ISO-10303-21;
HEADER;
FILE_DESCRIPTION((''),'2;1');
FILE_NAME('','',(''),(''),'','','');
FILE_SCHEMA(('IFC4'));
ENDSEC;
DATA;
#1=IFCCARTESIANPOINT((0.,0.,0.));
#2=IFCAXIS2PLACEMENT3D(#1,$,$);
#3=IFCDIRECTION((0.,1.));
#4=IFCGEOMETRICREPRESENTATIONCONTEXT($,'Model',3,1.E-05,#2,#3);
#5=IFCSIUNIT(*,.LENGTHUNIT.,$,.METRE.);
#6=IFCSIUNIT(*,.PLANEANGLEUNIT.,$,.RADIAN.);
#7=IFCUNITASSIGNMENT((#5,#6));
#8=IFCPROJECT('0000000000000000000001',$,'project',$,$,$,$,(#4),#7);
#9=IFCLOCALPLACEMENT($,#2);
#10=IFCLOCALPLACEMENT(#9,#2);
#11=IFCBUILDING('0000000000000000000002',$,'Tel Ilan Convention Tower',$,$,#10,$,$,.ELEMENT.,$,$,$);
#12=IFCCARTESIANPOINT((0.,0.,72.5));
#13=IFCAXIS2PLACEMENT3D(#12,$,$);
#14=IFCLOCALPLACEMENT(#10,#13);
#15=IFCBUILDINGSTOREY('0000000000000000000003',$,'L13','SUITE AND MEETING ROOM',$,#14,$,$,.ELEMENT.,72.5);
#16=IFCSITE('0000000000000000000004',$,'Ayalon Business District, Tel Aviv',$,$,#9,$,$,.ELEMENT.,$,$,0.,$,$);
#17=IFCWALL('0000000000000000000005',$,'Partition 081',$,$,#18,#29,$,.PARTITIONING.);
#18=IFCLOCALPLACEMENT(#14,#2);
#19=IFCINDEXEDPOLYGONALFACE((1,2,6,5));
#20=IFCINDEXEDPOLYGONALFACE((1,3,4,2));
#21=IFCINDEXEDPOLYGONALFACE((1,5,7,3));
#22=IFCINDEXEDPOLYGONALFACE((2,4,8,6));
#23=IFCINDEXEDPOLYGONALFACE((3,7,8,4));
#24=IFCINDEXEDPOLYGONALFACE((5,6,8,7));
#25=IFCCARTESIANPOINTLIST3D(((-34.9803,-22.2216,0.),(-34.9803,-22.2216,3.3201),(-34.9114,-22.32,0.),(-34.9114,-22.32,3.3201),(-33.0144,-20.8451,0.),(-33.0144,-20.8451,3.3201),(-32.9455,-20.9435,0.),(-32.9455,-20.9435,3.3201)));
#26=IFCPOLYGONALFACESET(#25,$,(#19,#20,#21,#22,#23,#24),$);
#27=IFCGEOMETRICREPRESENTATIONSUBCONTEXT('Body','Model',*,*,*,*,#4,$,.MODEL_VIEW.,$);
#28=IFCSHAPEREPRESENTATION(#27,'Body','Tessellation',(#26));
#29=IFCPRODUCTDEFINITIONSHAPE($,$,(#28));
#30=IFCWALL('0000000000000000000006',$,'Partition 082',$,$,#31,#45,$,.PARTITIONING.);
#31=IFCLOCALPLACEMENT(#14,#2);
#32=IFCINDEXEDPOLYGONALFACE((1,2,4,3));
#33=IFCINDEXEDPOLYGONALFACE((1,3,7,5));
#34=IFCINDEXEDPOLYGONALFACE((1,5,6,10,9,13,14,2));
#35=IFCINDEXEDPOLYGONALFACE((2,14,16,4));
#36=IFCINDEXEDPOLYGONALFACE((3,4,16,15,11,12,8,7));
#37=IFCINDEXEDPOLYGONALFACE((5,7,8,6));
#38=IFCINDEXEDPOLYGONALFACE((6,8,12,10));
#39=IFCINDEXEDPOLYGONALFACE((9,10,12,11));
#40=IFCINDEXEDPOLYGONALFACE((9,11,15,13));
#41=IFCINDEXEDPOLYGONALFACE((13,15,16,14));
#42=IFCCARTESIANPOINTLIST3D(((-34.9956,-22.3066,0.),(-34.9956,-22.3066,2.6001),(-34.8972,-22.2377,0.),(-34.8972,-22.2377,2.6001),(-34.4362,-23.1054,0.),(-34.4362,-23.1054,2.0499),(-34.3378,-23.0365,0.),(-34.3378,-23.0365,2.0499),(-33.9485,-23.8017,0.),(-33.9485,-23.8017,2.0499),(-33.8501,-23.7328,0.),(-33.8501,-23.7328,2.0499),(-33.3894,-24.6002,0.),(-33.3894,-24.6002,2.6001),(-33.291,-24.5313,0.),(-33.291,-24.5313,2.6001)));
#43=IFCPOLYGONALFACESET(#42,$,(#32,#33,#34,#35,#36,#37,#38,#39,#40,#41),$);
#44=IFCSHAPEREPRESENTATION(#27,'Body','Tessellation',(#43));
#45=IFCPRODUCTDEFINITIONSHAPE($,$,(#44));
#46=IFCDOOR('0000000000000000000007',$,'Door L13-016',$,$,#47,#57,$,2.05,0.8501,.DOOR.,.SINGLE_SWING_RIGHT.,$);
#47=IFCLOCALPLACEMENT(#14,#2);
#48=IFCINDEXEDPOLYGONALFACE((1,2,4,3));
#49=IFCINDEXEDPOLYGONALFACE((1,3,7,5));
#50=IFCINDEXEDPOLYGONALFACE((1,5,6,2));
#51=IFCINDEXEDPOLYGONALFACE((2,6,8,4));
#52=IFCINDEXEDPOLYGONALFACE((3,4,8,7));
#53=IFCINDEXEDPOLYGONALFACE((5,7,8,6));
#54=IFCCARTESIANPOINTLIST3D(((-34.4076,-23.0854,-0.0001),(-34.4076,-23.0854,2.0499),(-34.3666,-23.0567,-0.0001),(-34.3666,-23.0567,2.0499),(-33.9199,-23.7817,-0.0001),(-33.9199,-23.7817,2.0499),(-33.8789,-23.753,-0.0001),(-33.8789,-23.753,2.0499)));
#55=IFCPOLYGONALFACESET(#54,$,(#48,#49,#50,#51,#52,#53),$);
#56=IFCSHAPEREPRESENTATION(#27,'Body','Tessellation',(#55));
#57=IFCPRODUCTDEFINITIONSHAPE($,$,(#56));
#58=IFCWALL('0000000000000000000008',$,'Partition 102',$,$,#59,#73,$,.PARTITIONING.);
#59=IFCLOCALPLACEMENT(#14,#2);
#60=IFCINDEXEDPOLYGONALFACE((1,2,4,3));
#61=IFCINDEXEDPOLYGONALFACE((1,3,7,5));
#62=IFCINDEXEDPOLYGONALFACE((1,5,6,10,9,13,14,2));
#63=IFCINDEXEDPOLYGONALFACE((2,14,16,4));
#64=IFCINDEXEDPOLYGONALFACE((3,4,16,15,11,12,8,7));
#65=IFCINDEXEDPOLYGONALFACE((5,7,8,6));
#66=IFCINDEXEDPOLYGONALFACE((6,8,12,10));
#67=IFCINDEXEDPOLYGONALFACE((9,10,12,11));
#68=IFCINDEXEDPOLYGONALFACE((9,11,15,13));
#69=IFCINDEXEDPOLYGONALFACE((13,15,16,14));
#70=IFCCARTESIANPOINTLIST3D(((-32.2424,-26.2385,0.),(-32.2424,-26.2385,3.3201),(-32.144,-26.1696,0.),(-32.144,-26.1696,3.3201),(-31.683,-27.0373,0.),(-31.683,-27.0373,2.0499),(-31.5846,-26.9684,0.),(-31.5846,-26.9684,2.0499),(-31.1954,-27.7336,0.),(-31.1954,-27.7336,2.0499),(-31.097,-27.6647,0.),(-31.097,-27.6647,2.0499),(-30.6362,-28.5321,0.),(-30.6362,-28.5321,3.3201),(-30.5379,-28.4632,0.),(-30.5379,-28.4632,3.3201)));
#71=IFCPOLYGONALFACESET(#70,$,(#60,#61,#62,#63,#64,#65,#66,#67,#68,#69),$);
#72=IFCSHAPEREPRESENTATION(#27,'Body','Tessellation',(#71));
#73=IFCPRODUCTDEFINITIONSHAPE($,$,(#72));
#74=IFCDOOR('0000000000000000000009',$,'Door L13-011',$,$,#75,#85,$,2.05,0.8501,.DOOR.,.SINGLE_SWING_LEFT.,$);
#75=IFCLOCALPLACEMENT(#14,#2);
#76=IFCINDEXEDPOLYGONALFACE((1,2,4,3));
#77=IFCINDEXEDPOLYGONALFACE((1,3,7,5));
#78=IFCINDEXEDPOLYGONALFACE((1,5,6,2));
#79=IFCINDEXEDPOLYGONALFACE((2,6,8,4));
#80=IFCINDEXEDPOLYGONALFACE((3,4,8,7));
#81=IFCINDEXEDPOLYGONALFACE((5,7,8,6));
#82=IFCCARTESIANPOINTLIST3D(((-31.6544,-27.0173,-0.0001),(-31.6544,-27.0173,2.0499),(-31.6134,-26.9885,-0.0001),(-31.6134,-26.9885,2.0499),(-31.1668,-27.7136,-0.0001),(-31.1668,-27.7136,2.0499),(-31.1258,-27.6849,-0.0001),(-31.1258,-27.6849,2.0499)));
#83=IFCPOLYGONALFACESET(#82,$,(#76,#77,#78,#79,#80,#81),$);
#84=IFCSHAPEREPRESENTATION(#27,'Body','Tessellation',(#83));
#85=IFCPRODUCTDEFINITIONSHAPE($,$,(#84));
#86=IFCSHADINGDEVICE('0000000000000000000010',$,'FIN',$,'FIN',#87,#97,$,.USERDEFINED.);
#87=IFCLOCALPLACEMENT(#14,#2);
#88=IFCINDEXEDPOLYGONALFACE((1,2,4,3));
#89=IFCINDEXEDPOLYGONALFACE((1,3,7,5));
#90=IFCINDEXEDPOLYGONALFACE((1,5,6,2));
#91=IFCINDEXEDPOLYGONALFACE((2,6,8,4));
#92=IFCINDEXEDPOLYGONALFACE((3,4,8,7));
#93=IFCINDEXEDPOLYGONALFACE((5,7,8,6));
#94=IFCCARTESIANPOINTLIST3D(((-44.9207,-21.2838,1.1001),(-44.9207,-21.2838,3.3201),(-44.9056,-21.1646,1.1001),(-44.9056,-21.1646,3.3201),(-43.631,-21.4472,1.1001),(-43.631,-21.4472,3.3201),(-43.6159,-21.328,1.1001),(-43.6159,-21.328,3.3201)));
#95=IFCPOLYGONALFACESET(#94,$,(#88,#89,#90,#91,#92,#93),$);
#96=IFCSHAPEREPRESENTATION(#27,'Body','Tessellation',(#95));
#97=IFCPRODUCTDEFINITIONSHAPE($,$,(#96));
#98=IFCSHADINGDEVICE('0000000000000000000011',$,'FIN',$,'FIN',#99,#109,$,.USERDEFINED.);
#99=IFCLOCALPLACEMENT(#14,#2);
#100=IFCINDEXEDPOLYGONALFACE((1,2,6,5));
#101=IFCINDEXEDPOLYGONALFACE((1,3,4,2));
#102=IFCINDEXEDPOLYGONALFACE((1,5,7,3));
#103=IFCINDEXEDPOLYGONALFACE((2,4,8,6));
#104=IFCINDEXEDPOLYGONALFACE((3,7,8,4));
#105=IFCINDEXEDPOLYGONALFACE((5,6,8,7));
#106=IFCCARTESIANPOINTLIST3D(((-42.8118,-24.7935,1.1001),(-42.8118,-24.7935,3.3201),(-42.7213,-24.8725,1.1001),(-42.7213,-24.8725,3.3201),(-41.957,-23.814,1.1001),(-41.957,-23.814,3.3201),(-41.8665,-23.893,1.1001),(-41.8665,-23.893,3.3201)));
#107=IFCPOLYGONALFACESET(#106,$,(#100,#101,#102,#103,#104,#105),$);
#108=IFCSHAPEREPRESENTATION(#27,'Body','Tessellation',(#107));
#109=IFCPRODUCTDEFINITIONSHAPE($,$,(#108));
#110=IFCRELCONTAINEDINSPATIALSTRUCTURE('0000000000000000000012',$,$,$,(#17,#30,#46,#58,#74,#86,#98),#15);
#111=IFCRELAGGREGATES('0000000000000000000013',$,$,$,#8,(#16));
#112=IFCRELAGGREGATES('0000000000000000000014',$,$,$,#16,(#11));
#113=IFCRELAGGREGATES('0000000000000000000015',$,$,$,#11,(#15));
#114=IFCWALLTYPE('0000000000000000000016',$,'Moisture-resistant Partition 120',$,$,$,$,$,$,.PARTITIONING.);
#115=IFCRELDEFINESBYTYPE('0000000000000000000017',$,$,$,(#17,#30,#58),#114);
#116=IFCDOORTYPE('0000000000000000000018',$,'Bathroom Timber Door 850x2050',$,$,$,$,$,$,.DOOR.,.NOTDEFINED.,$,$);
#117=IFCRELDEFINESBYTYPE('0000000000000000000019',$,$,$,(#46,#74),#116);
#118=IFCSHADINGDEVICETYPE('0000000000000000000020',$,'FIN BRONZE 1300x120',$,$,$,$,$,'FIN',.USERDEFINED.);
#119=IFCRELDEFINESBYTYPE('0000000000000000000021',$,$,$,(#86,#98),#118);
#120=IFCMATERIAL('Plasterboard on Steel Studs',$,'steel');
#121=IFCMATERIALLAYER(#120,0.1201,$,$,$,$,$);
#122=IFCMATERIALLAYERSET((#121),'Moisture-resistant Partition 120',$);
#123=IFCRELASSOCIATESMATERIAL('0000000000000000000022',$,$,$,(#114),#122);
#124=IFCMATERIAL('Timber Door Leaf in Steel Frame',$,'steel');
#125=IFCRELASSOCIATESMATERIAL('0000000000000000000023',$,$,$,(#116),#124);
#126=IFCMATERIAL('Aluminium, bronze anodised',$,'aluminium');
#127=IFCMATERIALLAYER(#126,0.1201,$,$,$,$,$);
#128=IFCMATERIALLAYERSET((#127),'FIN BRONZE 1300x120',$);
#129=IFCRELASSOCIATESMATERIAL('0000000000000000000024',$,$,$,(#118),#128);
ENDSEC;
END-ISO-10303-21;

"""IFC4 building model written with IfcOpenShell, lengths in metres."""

from ifc_helpers import new_model, si_unit, direction, frame, frame_2d, origin, origin_2d, place, context, subcontext, project, spatial, rectangle, extrude, material, layer, layer_set, type_object, element, fill, save


model = new_model("IFC4")

# Units and contexts
model_context = context("Model", 3, precision=1e-05, world=origin(), true_north=direction((0.0, 1.0)))
body_context = subcontext(model_context, "Body", "Model", "MODEL_VIEW")
ifc_project = project(units=[si_unit("LENGTHUNIT", "METRE"), si_unit("PLANEANGLEUNIT", "RADIAN")], contexts=[model_context])

# Site, building, storey
site_placement = place(None, origin())
site = spatial("IfcSite", under=ifc_project, at=site_placement, Name="Ayalon Business District, Tel Aviv", CompositionType="ELEMENT", RefElevation=0.0)
building_placement = place(site_placement, origin())
building = spatial("IfcBuilding", under=site, at=building_placement, Name="Tel Ilan Convention Tower", CompositionType="ELEMENT")
storey_placement = place(building_placement, frame((0.0, 0.0, 72.5)))
storey = spatial("IfcBuildingStorey", under=building, at=storey_placement, Name="L13", Description="SUITE AND MEETING ROOM", CompositionType="ELEMENT", Elevation=72.5)

# Wall
ifc_material_1 = material(Name="Plasterboard on Steel Studs", Category="steel")
ifc_layer_1 = layer(ifc_material_1, 0.1201)
ifc_layer_set_1 = layer_set([ifc_layer_1], Name="Moisture-resistant Partition 120")
wall_type_1 = type_object("IfcWallType", Name="Moisture-resistant Partition 120", PredefinedType="PARTITIONING", material=ifc_layer_set_1)
wall_1_placement = place(storey_placement, frame((-32.98, -20.8943, 0.0), z_axis=(0.0, 0.0, 1.0), x_axis=(-0.819155, -0.573572, 0.0)))
element("IfcWall", 1, at=wall_1_placement, inside=storey, type_object=wall_type_1, Name="Partition 081", PredefinedType="PARTITIONING", context=body_context, shape_type="SweptSolid", body=[
    extrude(rectangle(XDim=2.3999, YDim=0.1201, at=frame_2d((1.2, 0.0))), origin(), (0.0, 0.0, 1.0), 3.3201),
])

# Walls, openings, doors
wall_2_placement = place(storey_placement, frame((-34.9463, -22.2722, 0.0), z_axis=(0.0, 0.0, 1.0), x_axis=(0.573609, -0.81913, 0.0)))
wall_2 = element("IfcWall", 2, at=wall_2_placement, inside=storey, type_object=wall_type_1, Name="Partition 082", PredefinedType="PARTITIONING", context=body_context, shape_type="SweptSolid", body=[
    extrude(rectangle(XDim=2.8, YDim=0.1201, at=frame_2d((1.3999, 0.0))), origin(), (0.0, 0.0, 1.0), 2.6001),
])
opening_1_placement = place(wall_2_placement, frame((0.9751, 0.0, 0.0)))
opening_1 = element("IfcOpeningElement", 3, at=opening_1_placement, cuts=wall_2, PredefinedType="OPENING", context=body_context, shape_type="SweptSolid", body=[
    extrude(rectangle(XDim=0.8501, YDim=2.05, at=frame_2d((0.425, 1.0249))), frame((0.0, 0.0701, 0.0), z_axis=(0.0, -1.0, 0.0), x_axis=(1.0, 0.0, 0.0)), (0.0, 0.0, 1.0), 0.1401),
])
ifc_material_2 = material(Name="Timber Door Leaf in Steel Frame", Category="steel")
door_type_1 = type_object("IfcDoorType", Name="Bathroom Timber Door 850x2050", OperationType="NOTDEFINED", PredefinedType="DOOR", material=ifc_material_2)
door_1_placement = place(opening_1_placement, origin())
door_1 = element("IfcDoor", 4, at=door_1_placement, inside=storey, type_object=door_type_1, Name="Door L13-016", OperationType="SINGLE_SWING_RIGHT", OverallHeight=2.05, OverallWidth=0.8501, PredefinedType="DOOR", context=body_context, shape_type="SweptSolid", body=[
    extrude(rectangle(XDim=0.8501, YDim=2.05, at=frame_2d((0.425, 1.0249))), frame((0.0, 0.0249, 0.0), z_axis=(0.0, -1.0, 0.0), x_axis=(1.0, 0.0, 0.0)), (0.0, 0.0, 1.0), 0.05),
])
fill(opening_1, door_1)
wall_3_placement = place(storey_placement, frame((-32.1931, -26.2041, 0.0), z_axis=(0.0, 0.0, 1.0), x_axis=(0.573609, -0.81913, 0.0)))
wall_3 = element("IfcWall", 5, at=wall_3_placement, inside=storey, type_object=wall_type_1, Name="Partition 102", PredefinedType="PARTITIONING", context=body_context, shape_type="SweptSolid", body=[
    extrude(rectangle(XDim=2.8, YDim=0.1201, at=frame_2d((1.3999, 0.0))), origin(), (0.0, 0.0, 1.0), 3.3201),
])
opening_2_placement = place(wall_3_placement, frame((0.9751, 0.0, 0.0)))
opening_2 = element("IfcOpeningElement", 6, at=opening_2_placement, cuts=wall_3, PredefinedType="OPENING", context=body_context, shape_type="SweptSolid", body=[
    extrude(rectangle(XDim=0.8501, YDim=2.05, at=frame_2d((0.425, 1.0249))), frame((0.0, 0.0701, 0.0), z_axis=(0.0, -1.0, 0.0), x_axis=(1.0, 0.0, 0.0)), (0.0, 0.0, 1.0), 0.1401),
])
door_2_placement = place(opening_2_placement, origin())
door_2 = element("IfcDoor", 7, at=door_2_placement, inside=storey, type_object=door_type_1, Name="Door L13-011", OperationType="SINGLE_SWING_LEFT", OverallHeight=2.05, OverallWidth=0.8501, PredefinedType="DOOR", context=body_context, shape_type="SweptSolid", body=[
    extrude(rectangle(XDim=0.8501, YDim=2.05, at=frame_2d((0.425, 1.0249))), frame((0.0, 0.0249, 0.0), z_axis=(0.0, -1.0, 0.0), x_axis=(1.0, 0.0, 0.0)), (0.0, 0.0, 1.0), 0.05),
])
fill(opening_2, door_2)

# Shading devices
ifc_material_3 = material(Name="Aluminium, bronze anodised", Category="aluminium")
ifc_layer_2 = layer(ifc_material_3, 0.1201)
ifc_layer_set_2 = layer_set([ifc_layer_2], Name="FIN BRONZE 1300x120")
shading_device_type = type_object("IfcShadingDeviceType", Name="FIN BRONZE 1300x120", ElementType="FIN", PredefinedType="USERDEFINED", material=ifc_layer_set_2)
for number, where, z_axis, x_axis, name in (
    (8, (-44.2683, -21.3059, 1.1001), (0.0, 0.0, 1.0), (-0.992066, 0.125718, 0.0), "FIN"),
    (9, (-42.3391, -24.3433, 1.1001), (0.0, 0.0, 1.0), (-0.657521, -0.753436, 0.0), "FIN"),
):
    element("IfcShadingDevice", number, at=place(storey_placement, frame(where, z_axis=z_axis, x_axis=x_axis)), inside=storey, type_object=shading_device_type, Name=name, ObjectType="FIN", PredefinedType="USERDEFINED", context=body_context, shape_type="SweptSolid", body=[
        extrude(rectangle(XDim=1.3, YDim=0.1201, at=origin_2d()), origin(), (0.0, 0.0, 1.0), 2.22),
    ])

save(model, "model.ifc")
